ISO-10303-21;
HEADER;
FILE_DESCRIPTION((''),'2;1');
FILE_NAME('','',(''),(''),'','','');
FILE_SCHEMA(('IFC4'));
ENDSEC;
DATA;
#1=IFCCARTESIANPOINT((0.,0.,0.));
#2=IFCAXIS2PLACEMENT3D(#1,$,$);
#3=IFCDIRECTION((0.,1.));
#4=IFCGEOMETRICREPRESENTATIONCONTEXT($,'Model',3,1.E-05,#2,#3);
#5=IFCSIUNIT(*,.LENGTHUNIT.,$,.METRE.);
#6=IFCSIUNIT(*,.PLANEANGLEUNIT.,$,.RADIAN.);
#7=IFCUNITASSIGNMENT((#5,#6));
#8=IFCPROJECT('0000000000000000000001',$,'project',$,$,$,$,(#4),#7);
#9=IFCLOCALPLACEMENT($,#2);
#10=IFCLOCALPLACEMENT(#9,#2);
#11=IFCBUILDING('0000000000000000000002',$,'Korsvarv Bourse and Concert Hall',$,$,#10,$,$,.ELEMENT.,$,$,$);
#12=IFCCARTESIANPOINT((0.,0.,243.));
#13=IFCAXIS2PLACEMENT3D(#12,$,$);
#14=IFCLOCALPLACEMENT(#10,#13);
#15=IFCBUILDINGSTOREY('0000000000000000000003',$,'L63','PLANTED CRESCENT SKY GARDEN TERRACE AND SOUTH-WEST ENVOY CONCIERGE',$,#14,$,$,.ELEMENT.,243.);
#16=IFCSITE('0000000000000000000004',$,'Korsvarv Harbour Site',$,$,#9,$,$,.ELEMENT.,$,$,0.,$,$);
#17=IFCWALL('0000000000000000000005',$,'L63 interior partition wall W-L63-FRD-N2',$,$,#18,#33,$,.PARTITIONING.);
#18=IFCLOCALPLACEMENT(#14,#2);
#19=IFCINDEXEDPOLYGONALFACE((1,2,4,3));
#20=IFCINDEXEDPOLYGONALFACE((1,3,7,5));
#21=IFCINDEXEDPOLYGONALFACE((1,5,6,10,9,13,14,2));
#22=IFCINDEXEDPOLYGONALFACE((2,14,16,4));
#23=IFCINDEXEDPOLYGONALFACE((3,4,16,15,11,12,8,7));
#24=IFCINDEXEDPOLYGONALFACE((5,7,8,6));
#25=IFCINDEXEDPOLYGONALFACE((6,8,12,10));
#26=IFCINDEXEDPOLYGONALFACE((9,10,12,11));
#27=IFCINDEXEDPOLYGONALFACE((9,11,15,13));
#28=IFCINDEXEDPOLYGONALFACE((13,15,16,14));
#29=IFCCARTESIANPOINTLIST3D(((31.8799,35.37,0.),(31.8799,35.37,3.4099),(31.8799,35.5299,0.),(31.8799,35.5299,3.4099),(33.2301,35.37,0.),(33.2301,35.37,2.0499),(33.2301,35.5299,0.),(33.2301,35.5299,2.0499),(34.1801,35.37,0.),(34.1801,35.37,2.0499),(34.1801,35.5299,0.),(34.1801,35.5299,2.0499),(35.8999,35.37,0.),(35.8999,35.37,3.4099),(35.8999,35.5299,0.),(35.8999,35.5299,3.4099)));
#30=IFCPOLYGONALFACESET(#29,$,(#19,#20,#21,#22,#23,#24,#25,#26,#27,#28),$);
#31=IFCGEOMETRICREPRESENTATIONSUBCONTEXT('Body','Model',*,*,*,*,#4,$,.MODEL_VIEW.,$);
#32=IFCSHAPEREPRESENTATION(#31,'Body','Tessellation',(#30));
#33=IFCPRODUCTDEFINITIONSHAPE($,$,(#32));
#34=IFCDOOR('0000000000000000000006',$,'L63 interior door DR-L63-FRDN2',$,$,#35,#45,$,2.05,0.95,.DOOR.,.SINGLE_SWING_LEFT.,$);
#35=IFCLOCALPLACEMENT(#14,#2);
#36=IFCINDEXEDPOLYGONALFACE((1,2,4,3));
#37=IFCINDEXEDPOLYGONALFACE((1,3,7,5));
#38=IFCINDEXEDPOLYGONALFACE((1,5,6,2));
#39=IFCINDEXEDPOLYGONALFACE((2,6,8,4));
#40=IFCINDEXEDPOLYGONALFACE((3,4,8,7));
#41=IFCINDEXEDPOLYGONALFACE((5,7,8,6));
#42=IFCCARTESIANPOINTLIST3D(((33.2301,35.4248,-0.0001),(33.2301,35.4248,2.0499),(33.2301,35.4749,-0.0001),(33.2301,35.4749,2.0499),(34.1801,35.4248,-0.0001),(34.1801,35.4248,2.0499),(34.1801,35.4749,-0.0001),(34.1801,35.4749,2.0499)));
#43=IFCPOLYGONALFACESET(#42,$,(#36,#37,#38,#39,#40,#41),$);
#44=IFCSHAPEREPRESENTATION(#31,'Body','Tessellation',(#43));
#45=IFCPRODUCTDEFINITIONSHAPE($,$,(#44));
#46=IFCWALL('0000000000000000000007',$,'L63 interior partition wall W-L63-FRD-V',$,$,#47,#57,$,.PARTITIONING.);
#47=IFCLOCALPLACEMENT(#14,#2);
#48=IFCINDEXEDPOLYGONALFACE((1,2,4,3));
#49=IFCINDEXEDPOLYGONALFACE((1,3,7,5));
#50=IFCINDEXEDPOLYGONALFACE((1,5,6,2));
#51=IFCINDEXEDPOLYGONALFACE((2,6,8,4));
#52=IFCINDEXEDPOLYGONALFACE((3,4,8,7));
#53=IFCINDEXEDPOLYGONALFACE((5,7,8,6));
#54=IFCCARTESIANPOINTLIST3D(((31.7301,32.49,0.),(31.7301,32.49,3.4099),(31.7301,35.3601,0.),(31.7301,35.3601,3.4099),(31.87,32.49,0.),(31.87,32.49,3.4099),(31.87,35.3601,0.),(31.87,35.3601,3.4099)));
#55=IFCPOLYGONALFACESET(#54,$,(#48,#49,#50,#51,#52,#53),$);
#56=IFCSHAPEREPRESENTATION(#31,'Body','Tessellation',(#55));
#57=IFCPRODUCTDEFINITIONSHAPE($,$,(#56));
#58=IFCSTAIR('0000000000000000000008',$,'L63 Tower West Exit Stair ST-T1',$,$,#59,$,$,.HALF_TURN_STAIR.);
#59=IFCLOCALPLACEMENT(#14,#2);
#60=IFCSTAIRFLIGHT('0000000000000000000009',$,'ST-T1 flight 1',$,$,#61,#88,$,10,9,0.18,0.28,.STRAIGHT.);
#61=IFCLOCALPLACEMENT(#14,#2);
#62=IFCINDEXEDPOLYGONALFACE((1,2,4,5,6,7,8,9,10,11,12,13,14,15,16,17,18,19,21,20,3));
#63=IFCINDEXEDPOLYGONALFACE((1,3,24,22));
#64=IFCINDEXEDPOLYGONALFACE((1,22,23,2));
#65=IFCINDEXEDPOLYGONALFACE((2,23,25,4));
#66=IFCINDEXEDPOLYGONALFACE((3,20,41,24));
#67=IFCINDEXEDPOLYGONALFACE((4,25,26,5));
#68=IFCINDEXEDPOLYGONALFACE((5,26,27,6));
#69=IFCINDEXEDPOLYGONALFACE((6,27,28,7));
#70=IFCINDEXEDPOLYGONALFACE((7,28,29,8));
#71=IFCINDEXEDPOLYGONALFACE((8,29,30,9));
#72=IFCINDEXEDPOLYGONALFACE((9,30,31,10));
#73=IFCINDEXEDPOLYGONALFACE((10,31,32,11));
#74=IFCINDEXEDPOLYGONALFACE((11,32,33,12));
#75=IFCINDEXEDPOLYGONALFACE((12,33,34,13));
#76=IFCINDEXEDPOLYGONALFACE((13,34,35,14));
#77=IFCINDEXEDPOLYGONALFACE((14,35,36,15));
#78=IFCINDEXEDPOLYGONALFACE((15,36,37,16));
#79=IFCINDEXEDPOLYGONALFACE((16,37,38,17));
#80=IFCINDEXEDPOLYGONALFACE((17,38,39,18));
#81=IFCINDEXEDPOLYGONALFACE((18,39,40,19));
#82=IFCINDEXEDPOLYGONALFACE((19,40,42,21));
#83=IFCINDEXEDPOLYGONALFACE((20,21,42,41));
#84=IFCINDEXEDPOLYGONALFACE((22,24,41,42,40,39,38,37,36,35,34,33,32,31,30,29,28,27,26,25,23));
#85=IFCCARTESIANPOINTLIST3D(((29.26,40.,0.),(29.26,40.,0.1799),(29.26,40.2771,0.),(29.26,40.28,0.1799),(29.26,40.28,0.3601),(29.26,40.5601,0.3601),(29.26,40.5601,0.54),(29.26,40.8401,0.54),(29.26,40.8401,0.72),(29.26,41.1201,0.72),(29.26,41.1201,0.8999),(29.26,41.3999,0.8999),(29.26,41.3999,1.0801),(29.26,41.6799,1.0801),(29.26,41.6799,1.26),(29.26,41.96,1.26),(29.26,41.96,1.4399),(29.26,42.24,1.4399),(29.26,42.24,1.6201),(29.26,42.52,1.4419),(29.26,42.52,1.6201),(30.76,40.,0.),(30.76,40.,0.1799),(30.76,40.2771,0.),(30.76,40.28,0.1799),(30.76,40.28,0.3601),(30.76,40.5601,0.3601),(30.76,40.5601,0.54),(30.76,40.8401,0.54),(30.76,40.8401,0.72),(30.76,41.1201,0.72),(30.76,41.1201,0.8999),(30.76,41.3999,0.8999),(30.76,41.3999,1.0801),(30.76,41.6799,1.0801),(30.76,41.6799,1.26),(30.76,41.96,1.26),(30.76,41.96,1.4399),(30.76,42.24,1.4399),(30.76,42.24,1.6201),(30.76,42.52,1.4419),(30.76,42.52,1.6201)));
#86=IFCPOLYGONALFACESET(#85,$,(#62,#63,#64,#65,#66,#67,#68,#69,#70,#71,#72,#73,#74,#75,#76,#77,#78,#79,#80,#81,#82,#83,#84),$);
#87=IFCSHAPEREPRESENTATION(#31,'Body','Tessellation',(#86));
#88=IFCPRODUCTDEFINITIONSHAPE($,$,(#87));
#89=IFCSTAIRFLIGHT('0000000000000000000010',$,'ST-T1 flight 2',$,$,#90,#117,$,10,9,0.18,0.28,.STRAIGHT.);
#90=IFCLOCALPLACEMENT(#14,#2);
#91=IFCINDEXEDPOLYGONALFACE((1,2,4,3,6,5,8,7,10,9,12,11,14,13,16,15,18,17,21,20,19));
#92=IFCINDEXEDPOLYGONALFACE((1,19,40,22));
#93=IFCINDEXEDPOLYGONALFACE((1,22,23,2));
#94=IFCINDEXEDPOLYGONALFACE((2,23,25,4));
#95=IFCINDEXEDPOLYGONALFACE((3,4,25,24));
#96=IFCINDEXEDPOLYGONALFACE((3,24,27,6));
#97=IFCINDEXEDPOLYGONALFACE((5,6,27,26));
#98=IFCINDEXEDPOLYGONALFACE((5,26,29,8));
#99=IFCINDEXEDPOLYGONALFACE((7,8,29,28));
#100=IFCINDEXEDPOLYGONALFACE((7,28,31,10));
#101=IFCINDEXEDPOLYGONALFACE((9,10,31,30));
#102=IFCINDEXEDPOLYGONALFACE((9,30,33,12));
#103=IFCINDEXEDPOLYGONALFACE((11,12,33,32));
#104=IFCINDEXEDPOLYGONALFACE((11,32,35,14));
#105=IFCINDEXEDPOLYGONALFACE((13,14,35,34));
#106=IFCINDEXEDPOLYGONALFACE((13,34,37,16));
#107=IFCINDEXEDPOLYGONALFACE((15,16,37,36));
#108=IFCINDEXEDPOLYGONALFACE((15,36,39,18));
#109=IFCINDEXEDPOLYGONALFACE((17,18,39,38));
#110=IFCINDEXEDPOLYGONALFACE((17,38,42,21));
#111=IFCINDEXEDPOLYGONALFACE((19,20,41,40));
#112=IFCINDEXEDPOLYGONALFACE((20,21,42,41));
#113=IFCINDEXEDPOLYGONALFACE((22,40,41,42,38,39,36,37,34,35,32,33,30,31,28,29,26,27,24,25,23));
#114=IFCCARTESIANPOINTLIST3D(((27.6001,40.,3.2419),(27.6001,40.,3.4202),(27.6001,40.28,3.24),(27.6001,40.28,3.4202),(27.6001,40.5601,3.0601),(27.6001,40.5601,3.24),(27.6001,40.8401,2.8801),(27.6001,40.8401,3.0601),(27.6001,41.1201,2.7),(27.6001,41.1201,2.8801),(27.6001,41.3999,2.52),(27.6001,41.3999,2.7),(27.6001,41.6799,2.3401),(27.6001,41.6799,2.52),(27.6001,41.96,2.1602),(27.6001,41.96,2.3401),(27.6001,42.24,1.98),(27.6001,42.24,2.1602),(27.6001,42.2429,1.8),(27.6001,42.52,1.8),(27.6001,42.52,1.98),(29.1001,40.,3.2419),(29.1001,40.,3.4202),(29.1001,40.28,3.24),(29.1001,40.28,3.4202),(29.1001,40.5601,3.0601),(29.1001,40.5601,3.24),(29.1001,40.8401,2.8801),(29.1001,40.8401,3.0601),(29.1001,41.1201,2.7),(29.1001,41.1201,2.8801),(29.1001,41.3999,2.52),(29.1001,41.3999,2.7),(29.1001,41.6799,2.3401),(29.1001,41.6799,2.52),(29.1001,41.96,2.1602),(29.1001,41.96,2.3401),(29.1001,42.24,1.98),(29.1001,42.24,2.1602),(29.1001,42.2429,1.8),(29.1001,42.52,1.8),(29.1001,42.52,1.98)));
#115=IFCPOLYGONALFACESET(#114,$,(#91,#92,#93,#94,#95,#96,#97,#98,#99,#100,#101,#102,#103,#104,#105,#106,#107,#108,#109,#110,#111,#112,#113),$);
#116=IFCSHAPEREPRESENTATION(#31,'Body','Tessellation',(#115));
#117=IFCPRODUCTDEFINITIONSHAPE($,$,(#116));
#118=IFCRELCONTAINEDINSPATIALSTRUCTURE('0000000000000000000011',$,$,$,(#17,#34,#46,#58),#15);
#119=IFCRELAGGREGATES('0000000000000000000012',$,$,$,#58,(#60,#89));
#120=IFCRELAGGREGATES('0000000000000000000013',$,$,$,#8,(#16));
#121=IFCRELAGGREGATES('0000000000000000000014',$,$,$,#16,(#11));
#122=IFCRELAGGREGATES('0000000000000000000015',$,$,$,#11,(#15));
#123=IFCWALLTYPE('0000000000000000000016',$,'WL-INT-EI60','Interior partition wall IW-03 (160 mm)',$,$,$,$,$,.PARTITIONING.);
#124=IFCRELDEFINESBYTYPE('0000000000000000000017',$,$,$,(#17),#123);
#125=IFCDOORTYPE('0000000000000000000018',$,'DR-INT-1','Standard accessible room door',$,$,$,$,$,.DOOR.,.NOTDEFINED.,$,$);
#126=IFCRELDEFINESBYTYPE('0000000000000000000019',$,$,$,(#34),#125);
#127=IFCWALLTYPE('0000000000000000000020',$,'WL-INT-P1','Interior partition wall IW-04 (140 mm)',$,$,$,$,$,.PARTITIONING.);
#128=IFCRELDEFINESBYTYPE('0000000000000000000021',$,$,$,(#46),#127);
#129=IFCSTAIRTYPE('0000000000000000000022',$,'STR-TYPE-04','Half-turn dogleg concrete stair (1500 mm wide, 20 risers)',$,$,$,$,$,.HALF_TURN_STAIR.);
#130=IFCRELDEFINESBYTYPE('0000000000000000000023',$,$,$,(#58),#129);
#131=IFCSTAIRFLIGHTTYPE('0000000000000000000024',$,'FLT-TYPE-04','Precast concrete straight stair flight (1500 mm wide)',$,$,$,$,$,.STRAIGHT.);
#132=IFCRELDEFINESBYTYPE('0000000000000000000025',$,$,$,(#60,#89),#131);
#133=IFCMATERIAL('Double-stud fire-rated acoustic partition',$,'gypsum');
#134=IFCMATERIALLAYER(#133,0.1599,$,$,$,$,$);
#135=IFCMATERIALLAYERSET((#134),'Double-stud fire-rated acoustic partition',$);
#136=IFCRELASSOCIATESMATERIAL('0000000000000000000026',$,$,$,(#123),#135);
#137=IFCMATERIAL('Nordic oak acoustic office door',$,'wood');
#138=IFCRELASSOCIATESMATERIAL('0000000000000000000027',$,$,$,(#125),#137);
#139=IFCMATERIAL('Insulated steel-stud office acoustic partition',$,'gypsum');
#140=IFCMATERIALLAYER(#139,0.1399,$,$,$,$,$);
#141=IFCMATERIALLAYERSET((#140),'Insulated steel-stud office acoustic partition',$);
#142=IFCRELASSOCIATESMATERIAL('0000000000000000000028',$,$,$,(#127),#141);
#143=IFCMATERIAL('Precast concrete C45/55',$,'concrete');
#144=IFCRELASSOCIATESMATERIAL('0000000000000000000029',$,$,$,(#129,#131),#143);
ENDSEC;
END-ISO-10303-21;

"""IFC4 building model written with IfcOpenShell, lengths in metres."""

from ifc_helpers import new_model, si_unit, direction, frame, frame_2d, origin, place, context, subcontext, project, spatial, polyline, rectangle, outline, extrude, material, layer, layer_set, type_object, element, fill, aggregate, save


model = new_model("IFC4")

# Units and contexts
model_context = context("Model", 3, precision=1e-05, world=origin(), true_north=direction((0.0, 1.0)))
body_context = subcontext(model_context, "Body", "Model", "MODEL_VIEW")
ifc_project = project(units=[si_unit("LENGTHUNIT", "METRE"), si_unit("PLANEANGLEUNIT", "RADIAN")], contexts=[model_context])

# Site, building, storey
site_placement = place(None, origin())
site = spatial("IfcSite", under=ifc_project, at=site_placement, Name="Korsvarv Harbour Site", CompositionType="ELEMENT", RefElevation=0.0)
building_placement = place(site_placement, origin())
building = spatial("IfcBuilding", under=site, at=building_placement, Name="Korsvarv Bourse and Concert Hall", CompositionType="ELEMENT")
storey_placement = place(building_placement, frame((0.0, 0.0, 243.0)))
storey = spatial("IfcBuildingStorey", under=building, at=storey_placement, Name="L63", Description="PLANTED CRESCENT SKY GARDEN TERRACE AND SOUTH-WEST ENVOY CONCIERGE", CompositionType="ELEMENT", Elevation=243.0)

# Shared definitions
ifc_material_1 = material(Name="Double-stud fire-rated acoustic partition", Category="gypsum")
ifc_layer_1 = layer(ifc_material_1, 0.1599)
ifc_layer_set_1 = layer_set([ifc_layer_1], Name="Double-stud fire-rated acoustic partition")
wall_type_1 = type_object("IfcWallType", Name="WL-INT-EI60", Description="Interior partition wall IW-03 (160 mm)", PredefinedType="PARTITIONING", material=ifc_layer_set_1)

# Wall, opening, door
ifc_material_2 = material(Name="Nordic oak acoustic office door", Category="wood")
door_type_1 = type_object("IfcDoorType", Name="DR-INT-1", Description="Standard accessible room door", OperationType="NOTDEFINED", PredefinedType="DOOR", material=ifc_material_2)
wall_1_placement = place(storey_placement, frame((31.8799, 35.45, 0.0), z_axis=(0.0, 0.0, 1.0), x_axis=(1.0, 0.0, 0.0)))
wall_1 = element("IfcWall", 1, at=wall_1_placement, inside=storey, type_object=wall_type_1, Name="L63 interior partition wall W-L63-FRD-N2", PredefinedType="PARTITIONING", context=body_context, shape_type="SweptSolid", body=[
    extrude(rectangle(XDim=4.02, YDim=0.1599, at=frame_2d((2.01, 0.0))), origin(), (0.0, 0.0, 1.0), 3.4099),
])
opening_1_placement = place(wall_1_placement, frame((1.3501, 0.0, 0.0)))
opening_1 = element("IfcOpeningElement", 2, at=opening_1_placement, cuts=wall_1, PredefinedType="OPENING", context=body_context, shape_type="SweptSolid", body=[
    extrude(rectangle(XDim=0.95, YDim=2.05, at=frame_2d((0.4751, 1.0249))), frame((0.0, 0.0898, 0.0), z_axis=(0.0, -1.0, 0.0), x_axis=(1.0, 0.0, 0.0)), (0.0, 0.0, 1.0), 0.1799),
])
door_1_placement = place(opening_1_placement, origin())
door_1 = element("IfcDoor", 3, at=door_1_placement, inside=storey, type_object=door_type_1, Name="L63 interior door DR-L63-FRDN2", OperationType="SINGLE_SWING_LEFT", OverallHeight=2.05, OverallWidth=0.95, PredefinedType="DOOR", context=body_context, shape_type="SweptSolid", body=[
    extrude(rectangle(XDim=0.95, YDim=2.05, at=frame_2d((0.4751, 1.0249))), frame((0.0, 0.0249, 0.0), z_axis=(0.0, -1.0, 0.0), x_axis=(1.0, 0.0, 0.0)), (0.0, 0.0, 1.0), 0.05),
])
fill(opening_1, door_1)

# Wall
ifc_material_3 = material(Name="Insulated steel-stud office acoustic partition", Category="gypsum")
ifc_layer_2 = layer(ifc_material_3, 0.1399)
ifc_layer_set_2 = layer_set([ifc_layer_2], Name="Insulated steel-stud office acoustic partition")
wall_type_2 = type_object("IfcWallType", Name="WL-INT-P1", Description="Interior partition wall IW-04 (140 mm)", PredefinedType="PARTITIONING", material=ifc_layer_set_2)
wall_2_placement = place(storey_placement, frame((31.8, 32.49, 0.0), z_axis=(0.0, 0.0, 1.0), x_axis=(0.0, 1.0, 0.0)))
element("IfcWall", 4, at=wall_2_placement, inside=storey, type_object=wall_type_2, Name="L63 interior partition wall W-L63-FRD-V", PredefinedType="PARTITIONING", context=body_context, shape_type="SweptSolid", body=[
    extrude(rectangle(XDim=2.8701, YDim=0.1399, at=frame_2d((1.4351, 0.0))), origin(), (0.0, 0.0, 1.0), 3.4099),
])

# Stair, stair flights
ifc_material_4 = material(Name="Precast concrete C45/55", Category="concrete")
stair_type = type_object("IfcStairType", Name="STR-TYPE-04", Description="Half-turn dogleg concrete stair (1500 mm wide, 20 risers)", PredefinedType="HALF_TURN_STAIR", material=ifc_material_4)
stair_placement = place(storey_placement, origin())
stair = element("IfcStair", 5, at=stair_placement, inside=storey, type_object=stair_type, Name="L63 Tower West Exit Stair ST-T1", PredefinedType="HALF_TURN_STAIR")
stair_flight_type = type_object("IfcStairFlightType", Name="FLT-TYPE-04", Description="Precast concrete straight stair flight (1500 mm wide)", PredefinedType="STRAIGHT", material=ifc_material_4)
stair_flight_1_placement = place(storey_placement, frame((30.01, 40.0, 0.0), z_axis=(0.0, 0.0, 1.0), x_axis=(0.0, 1.0, 0.0)))
stair_flight_1 = element("IfcStairFlight", 6, at=stair_flight_1_placement, type_object=stair_flight_type, Name="ST-T1 flight 1", NumberOfRisers=10, NumberOfTreads=9, PredefinedType="STRAIGHT", RiserHeight=0.18, TreadLength=0.28, context=body_context, shape_type="SweptSolid", body=[
    extrude(outline(polyline([(0.0, 0.0), (0.0, 0.1799), (0.28, 0.1799), (0.28, 0.3601), (0.5601, 0.3601), (0.5601, 0.54), (0.8401, 0.54), (0.8401, 0.72), (1.1201, 0.72), (1.1201, 0.8999), (1.3999, 0.8999), (1.3999, 1.0801), (1.6799, 1.0801), (1.6799, 1.26), (1.96, 1.26), (1.96, 1.4399), (2.24, 1.4399), (2.24, 1.6201), (2.52, 1.6201), (2.52, 1.8), (2.52, 1.4419), (0.2771, 0.0), (0.0, 0.0)])), frame((0.0, 0.75, 0.0), z_axis=(0.0, -1.0, 0.0), x_axis=(1.0, 0.0, 0.0)), (0.0, 0.0, 1.0), 1.5),
])
stair_flight_2_placement = place(storey_placement, frame((28.3501, 42.52, 1.8), z_axis=(0.0, 0.0, 1.0), x_axis=(0.0, -1.0, 0.0)))
stair_flight_2 = element("IfcStairFlight", 7, at=stair_flight_2_placement, type_object=stair_flight_type, Name="ST-T1 flight 2", NumberOfRisers=10, NumberOfTreads=9, PredefinedType="STRAIGHT", RiserHeight=0.18, TreadLength=0.28, context=body_context, shape_type="SweptSolid", body=[
    extrude(outline(polyline([(0.0, 0.0), (0.0, 0.1799), (0.28, 0.1799), (0.28, 0.3601), (0.5601, 0.3601), (0.5601, 0.54), (0.8401, 0.54), (0.8401, 0.72), (1.1201, 0.72), (1.1201, 0.8999), (1.3999, 0.8999), (1.3999, 1.0801), (1.6799, 1.0801), (1.6799, 1.26), (1.96, 1.26), (1.96, 1.4399), (2.24, 1.4399), (2.24, 1.6201), (2.52, 1.6201), (2.52, 1.8), (2.52, 1.4419), (0.2771, 0.0), (0.0, 0.0)])), frame((0.0, 0.75, 0.0), z_axis=(0.0, -1.0, 0.0), x_axis=(1.0, 0.0, 0.0)), (0.0, 0.0, 1.0), 1.5),
])
aggregate(stair, [stair_flight_1, stair_flight_2])

save(model, "model.ifc")
